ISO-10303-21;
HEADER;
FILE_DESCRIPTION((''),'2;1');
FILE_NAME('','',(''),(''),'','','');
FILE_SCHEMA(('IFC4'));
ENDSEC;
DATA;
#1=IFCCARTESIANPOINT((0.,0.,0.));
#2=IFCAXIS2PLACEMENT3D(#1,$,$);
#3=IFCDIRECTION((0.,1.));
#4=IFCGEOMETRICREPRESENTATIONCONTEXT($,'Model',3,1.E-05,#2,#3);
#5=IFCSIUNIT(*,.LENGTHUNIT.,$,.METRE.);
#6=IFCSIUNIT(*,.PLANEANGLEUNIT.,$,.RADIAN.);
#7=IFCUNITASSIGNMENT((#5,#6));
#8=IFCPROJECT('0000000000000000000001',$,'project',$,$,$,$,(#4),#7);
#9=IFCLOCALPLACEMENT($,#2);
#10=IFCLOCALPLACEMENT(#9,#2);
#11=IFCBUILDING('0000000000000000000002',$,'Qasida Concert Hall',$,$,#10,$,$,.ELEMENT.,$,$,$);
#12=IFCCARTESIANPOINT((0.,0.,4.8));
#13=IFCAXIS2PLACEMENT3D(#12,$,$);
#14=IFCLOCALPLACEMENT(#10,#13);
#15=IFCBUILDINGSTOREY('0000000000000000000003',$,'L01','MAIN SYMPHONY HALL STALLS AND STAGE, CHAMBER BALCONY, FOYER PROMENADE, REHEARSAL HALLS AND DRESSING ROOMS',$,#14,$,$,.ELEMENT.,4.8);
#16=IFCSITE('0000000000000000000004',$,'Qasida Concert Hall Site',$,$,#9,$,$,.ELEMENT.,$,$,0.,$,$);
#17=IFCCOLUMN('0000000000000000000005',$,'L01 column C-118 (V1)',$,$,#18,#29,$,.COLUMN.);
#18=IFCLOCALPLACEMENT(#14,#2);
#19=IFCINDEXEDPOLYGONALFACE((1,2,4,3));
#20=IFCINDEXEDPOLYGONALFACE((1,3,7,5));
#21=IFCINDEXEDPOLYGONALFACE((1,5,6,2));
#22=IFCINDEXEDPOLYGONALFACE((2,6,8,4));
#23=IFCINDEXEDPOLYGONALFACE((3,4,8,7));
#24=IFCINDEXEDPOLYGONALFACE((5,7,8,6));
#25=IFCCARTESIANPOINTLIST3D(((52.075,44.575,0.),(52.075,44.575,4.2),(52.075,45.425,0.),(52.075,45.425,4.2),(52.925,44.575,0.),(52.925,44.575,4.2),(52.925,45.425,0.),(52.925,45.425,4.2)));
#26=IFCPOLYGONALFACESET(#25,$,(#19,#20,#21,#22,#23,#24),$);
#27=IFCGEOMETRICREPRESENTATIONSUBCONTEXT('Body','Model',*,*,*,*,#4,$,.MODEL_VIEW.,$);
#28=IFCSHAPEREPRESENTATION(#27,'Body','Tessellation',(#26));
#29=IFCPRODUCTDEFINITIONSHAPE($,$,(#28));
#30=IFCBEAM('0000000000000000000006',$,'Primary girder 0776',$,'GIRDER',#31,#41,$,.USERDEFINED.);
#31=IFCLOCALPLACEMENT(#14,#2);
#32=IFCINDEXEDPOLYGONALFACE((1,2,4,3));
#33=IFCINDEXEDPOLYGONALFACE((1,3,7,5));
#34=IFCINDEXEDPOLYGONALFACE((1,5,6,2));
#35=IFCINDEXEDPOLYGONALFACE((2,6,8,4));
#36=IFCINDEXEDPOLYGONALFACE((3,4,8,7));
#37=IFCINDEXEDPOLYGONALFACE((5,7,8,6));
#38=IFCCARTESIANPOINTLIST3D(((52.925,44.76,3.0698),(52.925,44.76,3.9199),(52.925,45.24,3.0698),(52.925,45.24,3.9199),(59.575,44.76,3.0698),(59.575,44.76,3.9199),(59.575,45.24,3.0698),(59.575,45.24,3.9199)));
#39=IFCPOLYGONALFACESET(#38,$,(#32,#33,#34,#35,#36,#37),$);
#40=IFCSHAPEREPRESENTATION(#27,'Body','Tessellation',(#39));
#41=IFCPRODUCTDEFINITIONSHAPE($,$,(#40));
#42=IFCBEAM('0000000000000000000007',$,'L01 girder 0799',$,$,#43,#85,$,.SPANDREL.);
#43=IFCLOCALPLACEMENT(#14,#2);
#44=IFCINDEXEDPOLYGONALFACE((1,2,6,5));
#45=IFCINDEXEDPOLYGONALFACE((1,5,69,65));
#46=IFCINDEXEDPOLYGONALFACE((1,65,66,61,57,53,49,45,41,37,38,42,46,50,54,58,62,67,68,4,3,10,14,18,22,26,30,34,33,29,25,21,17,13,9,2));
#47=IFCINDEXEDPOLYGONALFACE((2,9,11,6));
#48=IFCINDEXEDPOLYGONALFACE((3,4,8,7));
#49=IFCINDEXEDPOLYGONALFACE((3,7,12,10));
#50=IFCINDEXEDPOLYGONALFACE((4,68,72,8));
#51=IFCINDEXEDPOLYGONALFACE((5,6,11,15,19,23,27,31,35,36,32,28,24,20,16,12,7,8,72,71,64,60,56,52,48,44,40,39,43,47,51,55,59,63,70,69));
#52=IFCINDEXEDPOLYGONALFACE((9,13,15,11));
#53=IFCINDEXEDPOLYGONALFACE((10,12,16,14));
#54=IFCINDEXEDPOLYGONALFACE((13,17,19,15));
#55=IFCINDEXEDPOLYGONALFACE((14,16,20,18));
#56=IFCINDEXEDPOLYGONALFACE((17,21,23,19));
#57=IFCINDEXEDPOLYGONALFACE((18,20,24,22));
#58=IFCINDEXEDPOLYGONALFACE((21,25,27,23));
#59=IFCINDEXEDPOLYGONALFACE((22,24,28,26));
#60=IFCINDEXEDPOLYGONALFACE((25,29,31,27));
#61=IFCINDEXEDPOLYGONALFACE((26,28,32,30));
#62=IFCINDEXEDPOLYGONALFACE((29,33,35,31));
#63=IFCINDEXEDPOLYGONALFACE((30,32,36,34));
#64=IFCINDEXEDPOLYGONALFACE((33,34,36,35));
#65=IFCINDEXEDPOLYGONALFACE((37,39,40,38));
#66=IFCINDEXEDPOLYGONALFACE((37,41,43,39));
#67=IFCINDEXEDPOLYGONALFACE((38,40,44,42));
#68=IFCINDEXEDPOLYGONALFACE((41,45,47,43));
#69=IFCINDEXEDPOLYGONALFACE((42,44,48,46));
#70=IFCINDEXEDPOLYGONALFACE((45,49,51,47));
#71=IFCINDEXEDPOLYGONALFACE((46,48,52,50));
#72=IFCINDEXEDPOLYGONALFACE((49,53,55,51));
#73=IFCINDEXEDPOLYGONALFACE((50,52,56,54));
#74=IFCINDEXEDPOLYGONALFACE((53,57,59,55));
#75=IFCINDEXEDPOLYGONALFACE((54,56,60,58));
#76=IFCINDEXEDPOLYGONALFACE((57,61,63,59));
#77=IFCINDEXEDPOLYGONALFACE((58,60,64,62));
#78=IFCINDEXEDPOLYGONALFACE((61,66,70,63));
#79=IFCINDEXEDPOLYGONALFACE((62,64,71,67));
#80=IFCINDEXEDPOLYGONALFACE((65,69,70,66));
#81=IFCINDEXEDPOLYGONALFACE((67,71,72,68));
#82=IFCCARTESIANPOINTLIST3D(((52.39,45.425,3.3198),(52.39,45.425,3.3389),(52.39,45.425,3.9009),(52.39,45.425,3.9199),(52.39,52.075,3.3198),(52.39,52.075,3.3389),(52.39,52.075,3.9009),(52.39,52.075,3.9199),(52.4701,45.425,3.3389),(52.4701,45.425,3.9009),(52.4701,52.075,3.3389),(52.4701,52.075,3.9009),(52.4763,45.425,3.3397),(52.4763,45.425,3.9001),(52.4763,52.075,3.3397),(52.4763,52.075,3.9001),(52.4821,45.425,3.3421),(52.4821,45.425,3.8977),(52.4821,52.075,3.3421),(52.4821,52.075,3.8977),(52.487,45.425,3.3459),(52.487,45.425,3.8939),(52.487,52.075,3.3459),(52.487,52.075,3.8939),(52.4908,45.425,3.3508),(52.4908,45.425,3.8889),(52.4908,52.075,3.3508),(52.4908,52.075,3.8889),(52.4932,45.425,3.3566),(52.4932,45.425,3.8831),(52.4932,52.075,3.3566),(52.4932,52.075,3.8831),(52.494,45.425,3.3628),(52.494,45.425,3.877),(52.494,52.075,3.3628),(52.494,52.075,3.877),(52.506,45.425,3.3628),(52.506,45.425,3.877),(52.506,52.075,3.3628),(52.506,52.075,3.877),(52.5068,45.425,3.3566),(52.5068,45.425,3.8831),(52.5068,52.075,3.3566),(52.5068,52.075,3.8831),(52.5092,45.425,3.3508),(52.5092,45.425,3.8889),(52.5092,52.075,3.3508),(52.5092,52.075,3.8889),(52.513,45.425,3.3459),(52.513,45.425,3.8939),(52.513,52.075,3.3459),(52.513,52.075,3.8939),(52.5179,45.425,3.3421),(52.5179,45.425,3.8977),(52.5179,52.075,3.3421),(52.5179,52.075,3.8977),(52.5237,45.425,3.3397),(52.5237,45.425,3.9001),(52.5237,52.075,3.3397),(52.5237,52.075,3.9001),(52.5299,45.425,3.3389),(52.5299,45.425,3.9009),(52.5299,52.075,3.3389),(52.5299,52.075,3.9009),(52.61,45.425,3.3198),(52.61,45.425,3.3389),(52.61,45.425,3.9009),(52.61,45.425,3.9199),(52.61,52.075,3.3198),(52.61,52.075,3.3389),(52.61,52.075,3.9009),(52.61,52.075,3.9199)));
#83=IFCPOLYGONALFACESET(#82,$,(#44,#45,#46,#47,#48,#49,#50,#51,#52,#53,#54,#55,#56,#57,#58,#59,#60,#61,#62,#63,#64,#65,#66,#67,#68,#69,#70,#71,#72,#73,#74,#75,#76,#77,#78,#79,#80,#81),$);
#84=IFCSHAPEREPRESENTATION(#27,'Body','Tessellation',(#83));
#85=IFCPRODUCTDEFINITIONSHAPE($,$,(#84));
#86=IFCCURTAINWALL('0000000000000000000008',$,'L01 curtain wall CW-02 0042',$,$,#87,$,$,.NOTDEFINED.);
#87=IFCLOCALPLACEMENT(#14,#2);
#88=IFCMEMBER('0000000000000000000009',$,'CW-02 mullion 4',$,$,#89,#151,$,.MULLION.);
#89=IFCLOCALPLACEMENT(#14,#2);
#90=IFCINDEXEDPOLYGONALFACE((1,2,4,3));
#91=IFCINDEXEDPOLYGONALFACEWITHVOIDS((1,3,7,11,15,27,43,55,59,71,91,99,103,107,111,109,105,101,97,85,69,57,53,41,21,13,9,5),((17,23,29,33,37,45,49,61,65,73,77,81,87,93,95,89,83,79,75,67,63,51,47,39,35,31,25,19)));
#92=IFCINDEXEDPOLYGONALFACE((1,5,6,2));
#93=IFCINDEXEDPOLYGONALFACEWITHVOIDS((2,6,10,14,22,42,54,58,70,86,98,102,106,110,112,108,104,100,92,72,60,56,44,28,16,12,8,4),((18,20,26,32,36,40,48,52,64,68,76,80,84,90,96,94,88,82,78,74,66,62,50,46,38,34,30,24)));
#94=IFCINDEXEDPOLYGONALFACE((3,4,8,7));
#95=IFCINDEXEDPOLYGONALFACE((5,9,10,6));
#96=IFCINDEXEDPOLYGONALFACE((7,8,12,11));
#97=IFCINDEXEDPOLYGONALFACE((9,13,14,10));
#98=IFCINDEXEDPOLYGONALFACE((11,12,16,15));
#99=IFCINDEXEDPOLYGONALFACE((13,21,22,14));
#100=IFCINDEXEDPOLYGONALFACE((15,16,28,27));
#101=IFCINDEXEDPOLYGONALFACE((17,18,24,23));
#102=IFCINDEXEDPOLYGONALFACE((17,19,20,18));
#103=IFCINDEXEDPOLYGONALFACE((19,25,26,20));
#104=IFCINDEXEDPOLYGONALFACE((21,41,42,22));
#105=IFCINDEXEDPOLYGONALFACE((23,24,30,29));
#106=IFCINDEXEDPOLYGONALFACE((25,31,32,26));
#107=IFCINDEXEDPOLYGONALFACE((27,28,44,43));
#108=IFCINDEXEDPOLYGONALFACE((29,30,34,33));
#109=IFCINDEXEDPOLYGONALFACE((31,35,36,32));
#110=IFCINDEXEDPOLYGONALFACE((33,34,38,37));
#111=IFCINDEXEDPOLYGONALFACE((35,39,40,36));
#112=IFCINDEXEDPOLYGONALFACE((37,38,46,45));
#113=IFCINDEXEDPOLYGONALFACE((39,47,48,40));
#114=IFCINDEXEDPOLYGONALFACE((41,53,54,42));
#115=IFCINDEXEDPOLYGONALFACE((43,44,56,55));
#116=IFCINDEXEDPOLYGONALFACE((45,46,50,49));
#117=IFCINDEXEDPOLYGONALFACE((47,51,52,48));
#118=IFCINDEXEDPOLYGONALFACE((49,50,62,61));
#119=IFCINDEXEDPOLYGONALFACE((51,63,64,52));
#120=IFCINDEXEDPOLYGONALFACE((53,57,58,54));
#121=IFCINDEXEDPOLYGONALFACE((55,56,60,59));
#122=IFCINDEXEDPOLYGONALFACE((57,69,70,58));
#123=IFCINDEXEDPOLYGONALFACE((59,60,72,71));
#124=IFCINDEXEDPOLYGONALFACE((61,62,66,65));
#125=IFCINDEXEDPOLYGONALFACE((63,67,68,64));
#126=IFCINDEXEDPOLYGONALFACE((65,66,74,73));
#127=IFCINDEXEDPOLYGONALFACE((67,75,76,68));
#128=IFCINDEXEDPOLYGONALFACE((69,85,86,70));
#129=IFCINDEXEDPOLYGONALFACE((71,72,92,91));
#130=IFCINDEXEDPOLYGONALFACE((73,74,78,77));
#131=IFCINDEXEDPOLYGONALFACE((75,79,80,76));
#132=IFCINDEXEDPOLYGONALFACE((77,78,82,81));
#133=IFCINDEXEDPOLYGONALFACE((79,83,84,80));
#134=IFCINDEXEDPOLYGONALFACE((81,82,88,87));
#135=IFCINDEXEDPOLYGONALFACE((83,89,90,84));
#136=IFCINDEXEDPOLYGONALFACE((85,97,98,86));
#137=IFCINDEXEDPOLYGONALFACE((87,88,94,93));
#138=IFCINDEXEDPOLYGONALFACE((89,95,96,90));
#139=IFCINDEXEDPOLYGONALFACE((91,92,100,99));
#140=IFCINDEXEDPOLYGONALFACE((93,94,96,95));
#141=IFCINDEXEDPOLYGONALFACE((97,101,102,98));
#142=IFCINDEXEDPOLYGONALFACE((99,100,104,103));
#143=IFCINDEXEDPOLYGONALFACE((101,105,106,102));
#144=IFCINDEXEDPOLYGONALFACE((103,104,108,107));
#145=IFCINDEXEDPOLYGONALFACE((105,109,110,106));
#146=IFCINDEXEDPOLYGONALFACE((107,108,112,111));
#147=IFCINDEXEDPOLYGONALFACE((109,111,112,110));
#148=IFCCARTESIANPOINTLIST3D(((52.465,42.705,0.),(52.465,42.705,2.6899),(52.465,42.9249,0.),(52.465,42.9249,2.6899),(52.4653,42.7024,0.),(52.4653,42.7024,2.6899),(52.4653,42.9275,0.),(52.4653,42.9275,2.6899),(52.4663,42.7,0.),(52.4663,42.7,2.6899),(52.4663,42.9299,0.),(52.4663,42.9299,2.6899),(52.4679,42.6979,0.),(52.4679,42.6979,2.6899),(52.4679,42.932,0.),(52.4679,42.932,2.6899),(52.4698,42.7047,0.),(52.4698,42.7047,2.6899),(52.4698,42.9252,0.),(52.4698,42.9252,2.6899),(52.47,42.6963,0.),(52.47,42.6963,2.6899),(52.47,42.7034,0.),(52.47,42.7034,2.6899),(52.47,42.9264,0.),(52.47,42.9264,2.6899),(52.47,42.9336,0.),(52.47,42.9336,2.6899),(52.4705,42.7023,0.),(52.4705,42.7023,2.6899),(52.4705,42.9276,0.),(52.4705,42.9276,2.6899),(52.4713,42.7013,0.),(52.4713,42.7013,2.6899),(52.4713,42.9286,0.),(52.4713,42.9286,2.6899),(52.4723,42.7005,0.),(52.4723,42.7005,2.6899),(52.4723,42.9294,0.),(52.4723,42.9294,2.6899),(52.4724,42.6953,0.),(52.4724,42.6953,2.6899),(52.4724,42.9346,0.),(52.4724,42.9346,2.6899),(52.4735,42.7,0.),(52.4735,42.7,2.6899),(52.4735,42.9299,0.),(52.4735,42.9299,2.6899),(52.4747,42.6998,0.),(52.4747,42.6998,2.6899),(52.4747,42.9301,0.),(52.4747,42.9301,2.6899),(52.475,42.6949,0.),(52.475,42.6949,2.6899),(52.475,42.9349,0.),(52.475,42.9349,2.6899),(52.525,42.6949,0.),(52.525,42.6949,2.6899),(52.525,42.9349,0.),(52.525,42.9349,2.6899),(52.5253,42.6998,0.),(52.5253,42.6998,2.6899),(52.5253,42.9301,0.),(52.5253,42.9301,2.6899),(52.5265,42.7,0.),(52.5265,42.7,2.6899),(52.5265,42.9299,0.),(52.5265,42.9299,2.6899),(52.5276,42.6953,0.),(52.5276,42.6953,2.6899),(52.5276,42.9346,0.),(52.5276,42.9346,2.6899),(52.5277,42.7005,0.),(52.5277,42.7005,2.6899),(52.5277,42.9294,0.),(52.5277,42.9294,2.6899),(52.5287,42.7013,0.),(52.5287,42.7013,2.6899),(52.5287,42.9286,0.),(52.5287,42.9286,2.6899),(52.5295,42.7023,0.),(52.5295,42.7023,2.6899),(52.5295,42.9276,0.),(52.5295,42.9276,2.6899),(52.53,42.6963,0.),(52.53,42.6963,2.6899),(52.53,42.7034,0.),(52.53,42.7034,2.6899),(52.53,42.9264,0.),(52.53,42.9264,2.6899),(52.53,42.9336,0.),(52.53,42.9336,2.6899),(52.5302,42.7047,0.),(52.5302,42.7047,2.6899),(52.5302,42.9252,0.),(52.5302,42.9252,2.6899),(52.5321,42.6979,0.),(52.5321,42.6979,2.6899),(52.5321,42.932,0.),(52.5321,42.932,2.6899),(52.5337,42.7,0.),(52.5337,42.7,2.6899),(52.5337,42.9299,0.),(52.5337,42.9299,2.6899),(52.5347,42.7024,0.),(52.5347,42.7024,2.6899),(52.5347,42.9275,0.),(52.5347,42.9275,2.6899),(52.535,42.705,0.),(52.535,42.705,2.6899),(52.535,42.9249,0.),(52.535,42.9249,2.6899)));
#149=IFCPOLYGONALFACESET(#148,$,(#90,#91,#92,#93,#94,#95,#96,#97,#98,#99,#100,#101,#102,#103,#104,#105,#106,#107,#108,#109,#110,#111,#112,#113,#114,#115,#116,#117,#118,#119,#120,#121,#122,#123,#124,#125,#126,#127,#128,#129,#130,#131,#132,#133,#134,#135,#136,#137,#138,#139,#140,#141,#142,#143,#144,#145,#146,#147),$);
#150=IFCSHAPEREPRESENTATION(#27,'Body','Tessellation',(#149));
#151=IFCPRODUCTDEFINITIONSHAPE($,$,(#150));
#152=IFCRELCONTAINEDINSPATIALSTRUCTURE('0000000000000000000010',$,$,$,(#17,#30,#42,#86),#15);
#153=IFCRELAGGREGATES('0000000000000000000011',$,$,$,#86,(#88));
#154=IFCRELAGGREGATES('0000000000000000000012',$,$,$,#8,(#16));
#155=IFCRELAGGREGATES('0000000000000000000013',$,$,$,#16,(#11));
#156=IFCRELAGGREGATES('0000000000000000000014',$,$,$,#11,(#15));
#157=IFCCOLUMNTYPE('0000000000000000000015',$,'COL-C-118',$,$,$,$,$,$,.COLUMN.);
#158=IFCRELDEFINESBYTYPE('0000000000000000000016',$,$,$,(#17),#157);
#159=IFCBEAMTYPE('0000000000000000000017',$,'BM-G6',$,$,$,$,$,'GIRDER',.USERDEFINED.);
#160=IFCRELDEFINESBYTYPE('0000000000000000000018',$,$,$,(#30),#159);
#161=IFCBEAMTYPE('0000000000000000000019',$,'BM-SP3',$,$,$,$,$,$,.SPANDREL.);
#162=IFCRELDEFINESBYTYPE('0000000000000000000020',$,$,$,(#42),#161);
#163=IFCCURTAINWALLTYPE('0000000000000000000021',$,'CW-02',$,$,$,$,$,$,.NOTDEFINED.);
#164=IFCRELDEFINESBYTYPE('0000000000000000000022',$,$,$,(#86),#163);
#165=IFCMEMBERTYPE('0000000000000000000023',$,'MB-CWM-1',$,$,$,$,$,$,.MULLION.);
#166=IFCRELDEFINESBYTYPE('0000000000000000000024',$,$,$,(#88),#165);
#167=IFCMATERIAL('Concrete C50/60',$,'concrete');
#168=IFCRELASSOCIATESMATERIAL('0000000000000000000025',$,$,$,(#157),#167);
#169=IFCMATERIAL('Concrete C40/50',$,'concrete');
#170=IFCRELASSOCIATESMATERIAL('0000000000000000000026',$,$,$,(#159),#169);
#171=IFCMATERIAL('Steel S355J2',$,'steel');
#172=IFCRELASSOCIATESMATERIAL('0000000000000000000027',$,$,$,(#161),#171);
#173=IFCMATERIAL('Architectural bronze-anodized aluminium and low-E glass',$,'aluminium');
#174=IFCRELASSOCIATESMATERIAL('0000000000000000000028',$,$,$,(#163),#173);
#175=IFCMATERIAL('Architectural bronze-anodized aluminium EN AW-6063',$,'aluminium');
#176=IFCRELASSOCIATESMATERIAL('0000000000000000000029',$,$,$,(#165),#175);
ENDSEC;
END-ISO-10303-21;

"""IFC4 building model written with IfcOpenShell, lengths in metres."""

from ifc_helpers import new_model, si_unit, direction, frame, origin, origin_2d, place, context, subcontext, project, spatial, rectangle, hollow_rectangle, i_section, extrude, material, material_profile, profile_set, type_object, element, aggregate, save


model = new_model("IFC4")

# Units and contexts
model_context = context("Model", 3, precision=1e-05, world=origin(), true_north=direction((0.0, 1.0)))
body_context = subcontext(model_context, "Body", "Model", "MODEL_VIEW")
ifc_project = project(units=[si_unit("LENGTHUNIT", "METRE"), si_unit("PLANEANGLEUNIT", "RADIAN")], contexts=[model_context])

# Site, building, storey
site_placement = place(None, origin())
site = spatial("IfcSite", under=ifc_project, at=site_placement, Name="Qasida Concert Hall Site", CompositionType="ELEMENT", RefElevation=0.0)
building_placement = place(site_placement, origin())
building = spatial("IfcBuilding", under=site, at=building_placement, Name="Qasida Concert Hall", CompositionType="ELEMENT")
storey_placement = place(building_placement, frame((0.0, 0.0, 4.8)))
storey = spatial("IfcBuildingStorey", under=building, at=storey_placement, Name="L01", Description="MAIN SYMPHONY HALL STALLS AND STAGE, CHAMBER BALCONY, FOYER PROMENADE, REHEARSAL HALLS AND DRESSING ROOMS", CompositionType="ELEMENT", Elevation=4.8)

# Column
ifc_material_1 = material(Name="Concrete C50/60", Category="concrete")
ifc_material_profile_1 = material_profile(ifc_material_1, rectangle(XDim=0.8501, YDim=0.8501, at=origin_2d()), Name="RC 850x850")
ifc_profile_set_1 = profile_set([ifc_material_profile_1], Name="Concrete C50/60")
column_type = type_object("IfcColumnType", Name="COL-C-118", PredefinedType="COLUMN", material=ifc_profile_set_1)
column_placement = place(storey_placement, frame((52.5, 45.0, 0.0), z_axis=(0.0, 0.0, 1.0), x_axis=(1.0, 0.0, 0.0)))
element("IfcColumn", 1, at=column_placement, inside=storey, type_object=column_type, Name="L01 column C-118 (V1)", PredefinedType="COLUMN", context=body_context, shape_type="SweptSolid", body=[
    extrude(rectangle(XDim=0.8501, YDim=0.8501, at=origin_2d()), origin(), (0.0, 0.0, 1.0), 4.2),
])

# Beams
ifc_material_2 = material(Name="Concrete C40/50", Category="concrete")
ifc_material_profile_2 = material_profile(ifc_material_2, rectangle(XDim=0.48, YDim=0.8501, at=origin_2d()), Name="RC 480x850")
ifc_profile_set_2 = profile_set([ifc_material_profile_2], Name="Concrete C40/50")
beam_type_1 = type_object("IfcBeamType", Name="BM-G6", ElementType="GIRDER", PredefinedType="USERDEFINED", material=ifc_profile_set_2)
beam_1_placement = place(storey_placement, frame((52.925, 45.0, 3.4949), z_axis=(1.0, 0.0, 0.0), x_axis=(0.0, 1.0, 0.0)))
element("IfcBeam", 2, at=beam_1_placement, inside=storey, type_object=beam_type_1, Name="Primary girder 0776", ObjectType="GIRDER", PredefinedType="USERDEFINED", context=body_context, shape_type="SweptSolid", body=[
    extrude(rectangle(XDim=0.48, YDim=0.8501, at=origin_2d()), origin(), (0.0, 0.0, 1.0), 6.6499),
])
ifc_material_3 = material(Name="Steel S355J2", Category="steel")
ifc_material_profile_3 = material_profile(ifc_material_3, i_section(OverallWidth=0.22, OverallDepth=0.6001, WebThickness=0.012, FlangeThickness=0.019, FilletRadius=0.0239, at=origin_2d()), Name="IPE 600")
ifc_profile_set_3 = profile_set([ifc_material_profile_3], Name="Steel S355J2")
beam_type_2 = type_object("IfcBeamType", Name="BM-SP3", PredefinedType="SPANDREL", material=ifc_profile_set_3)
beam_2_placement = place(storey_placement, frame((52.5, 45.425, 3.6199), z_axis=(0.0, 1.0, 0.0), x_axis=(-1.0, 0.0, 0.0)))
element("IfcBeam", 3, at=beam_2_placement, inside=storey, type_object=beam_type_2, Name="L01 girder 0799", PredefinedType="SPANDREL", context=body_context, shape_type="SweptSolid", body=[
    extrude(i_section(OverallWidth=0.22, OverallDepth=0.6001, WebThickness=0.012, FlangeThickness=0.019, FilletRadius=0.0239, at=origin_2d()), origin(), (0.0, 0.0, 1.0), 6.6499),
])

# Curtain wall, member
ifc_material_4 = material(Name="Architectural bronze-anodized aluminium and low-E glass", Category="aluminium")
curtain_wall_type_1 = type_object("IfcCurtainWallType", Name="CW-02", PredefinedType="NOTDEFINED", material=ifc_material_4)
curtain_wall_1_placement = place(storey_placement, origin())
curtain_wall_1 = element("IfcCurtainWall", 4, at=curtain_wall_1_placement, inside=storey, type_object=curtain_wall_type_1, Name="L01 curtain wall CW-02 0042", PredefinedType="NOTDEFINED")
ifc_material_5 = material(Name="Architectural bronze-anodized aluminium EN AW-6063", Category="aluminium")
ifc_material_profile_4 = material_profile(ifc_material_5, hollow_rectangle(XDim=0.0701, YDim=0.24, WallThickness=0.0049, InnerFilletRadius=0.0049, OuterFilletRadius=0.01, at=origin_2d()), Name="CWM 240x70x5")
ifc_profile_set_4 = profile_set([ifc_material_profile_4], Name="Architectural bronze-anodized aluminium EN AW-6063")
member_type_1 = type_object("IfcMemberType", Name="MB-CWM-1", PredefinedType="MULLION", material=ifc_profile_set_4)
member_1_placement = place(storey_placement, frame((52.5, 42.8149, 0.0), z_axis=(0.0, 0.0, 1.0), x_axis=(-1.0, 0.0, 0.0)))
member_1 = element("IfcMember", 5, at=member_1_placement, type_object=member_type_1, Name="CW-02 mullion 4", PredefinedType="MULLION", context=body_context, shape_type="SweptSolid", body=[
    extrude(hollow_rectangle(XDim=0.0701, YDim=0.24, WallThickness=0.0049, InnerFilletRadius=0.0049, OuterFilletRadius=0.01, at=origin_2d()), origin(), (0.0, 0.0, 1.0), 2.6899),
])

aggregate(curtain_wall_1, [member_1])

save(model, "model.ifc")
